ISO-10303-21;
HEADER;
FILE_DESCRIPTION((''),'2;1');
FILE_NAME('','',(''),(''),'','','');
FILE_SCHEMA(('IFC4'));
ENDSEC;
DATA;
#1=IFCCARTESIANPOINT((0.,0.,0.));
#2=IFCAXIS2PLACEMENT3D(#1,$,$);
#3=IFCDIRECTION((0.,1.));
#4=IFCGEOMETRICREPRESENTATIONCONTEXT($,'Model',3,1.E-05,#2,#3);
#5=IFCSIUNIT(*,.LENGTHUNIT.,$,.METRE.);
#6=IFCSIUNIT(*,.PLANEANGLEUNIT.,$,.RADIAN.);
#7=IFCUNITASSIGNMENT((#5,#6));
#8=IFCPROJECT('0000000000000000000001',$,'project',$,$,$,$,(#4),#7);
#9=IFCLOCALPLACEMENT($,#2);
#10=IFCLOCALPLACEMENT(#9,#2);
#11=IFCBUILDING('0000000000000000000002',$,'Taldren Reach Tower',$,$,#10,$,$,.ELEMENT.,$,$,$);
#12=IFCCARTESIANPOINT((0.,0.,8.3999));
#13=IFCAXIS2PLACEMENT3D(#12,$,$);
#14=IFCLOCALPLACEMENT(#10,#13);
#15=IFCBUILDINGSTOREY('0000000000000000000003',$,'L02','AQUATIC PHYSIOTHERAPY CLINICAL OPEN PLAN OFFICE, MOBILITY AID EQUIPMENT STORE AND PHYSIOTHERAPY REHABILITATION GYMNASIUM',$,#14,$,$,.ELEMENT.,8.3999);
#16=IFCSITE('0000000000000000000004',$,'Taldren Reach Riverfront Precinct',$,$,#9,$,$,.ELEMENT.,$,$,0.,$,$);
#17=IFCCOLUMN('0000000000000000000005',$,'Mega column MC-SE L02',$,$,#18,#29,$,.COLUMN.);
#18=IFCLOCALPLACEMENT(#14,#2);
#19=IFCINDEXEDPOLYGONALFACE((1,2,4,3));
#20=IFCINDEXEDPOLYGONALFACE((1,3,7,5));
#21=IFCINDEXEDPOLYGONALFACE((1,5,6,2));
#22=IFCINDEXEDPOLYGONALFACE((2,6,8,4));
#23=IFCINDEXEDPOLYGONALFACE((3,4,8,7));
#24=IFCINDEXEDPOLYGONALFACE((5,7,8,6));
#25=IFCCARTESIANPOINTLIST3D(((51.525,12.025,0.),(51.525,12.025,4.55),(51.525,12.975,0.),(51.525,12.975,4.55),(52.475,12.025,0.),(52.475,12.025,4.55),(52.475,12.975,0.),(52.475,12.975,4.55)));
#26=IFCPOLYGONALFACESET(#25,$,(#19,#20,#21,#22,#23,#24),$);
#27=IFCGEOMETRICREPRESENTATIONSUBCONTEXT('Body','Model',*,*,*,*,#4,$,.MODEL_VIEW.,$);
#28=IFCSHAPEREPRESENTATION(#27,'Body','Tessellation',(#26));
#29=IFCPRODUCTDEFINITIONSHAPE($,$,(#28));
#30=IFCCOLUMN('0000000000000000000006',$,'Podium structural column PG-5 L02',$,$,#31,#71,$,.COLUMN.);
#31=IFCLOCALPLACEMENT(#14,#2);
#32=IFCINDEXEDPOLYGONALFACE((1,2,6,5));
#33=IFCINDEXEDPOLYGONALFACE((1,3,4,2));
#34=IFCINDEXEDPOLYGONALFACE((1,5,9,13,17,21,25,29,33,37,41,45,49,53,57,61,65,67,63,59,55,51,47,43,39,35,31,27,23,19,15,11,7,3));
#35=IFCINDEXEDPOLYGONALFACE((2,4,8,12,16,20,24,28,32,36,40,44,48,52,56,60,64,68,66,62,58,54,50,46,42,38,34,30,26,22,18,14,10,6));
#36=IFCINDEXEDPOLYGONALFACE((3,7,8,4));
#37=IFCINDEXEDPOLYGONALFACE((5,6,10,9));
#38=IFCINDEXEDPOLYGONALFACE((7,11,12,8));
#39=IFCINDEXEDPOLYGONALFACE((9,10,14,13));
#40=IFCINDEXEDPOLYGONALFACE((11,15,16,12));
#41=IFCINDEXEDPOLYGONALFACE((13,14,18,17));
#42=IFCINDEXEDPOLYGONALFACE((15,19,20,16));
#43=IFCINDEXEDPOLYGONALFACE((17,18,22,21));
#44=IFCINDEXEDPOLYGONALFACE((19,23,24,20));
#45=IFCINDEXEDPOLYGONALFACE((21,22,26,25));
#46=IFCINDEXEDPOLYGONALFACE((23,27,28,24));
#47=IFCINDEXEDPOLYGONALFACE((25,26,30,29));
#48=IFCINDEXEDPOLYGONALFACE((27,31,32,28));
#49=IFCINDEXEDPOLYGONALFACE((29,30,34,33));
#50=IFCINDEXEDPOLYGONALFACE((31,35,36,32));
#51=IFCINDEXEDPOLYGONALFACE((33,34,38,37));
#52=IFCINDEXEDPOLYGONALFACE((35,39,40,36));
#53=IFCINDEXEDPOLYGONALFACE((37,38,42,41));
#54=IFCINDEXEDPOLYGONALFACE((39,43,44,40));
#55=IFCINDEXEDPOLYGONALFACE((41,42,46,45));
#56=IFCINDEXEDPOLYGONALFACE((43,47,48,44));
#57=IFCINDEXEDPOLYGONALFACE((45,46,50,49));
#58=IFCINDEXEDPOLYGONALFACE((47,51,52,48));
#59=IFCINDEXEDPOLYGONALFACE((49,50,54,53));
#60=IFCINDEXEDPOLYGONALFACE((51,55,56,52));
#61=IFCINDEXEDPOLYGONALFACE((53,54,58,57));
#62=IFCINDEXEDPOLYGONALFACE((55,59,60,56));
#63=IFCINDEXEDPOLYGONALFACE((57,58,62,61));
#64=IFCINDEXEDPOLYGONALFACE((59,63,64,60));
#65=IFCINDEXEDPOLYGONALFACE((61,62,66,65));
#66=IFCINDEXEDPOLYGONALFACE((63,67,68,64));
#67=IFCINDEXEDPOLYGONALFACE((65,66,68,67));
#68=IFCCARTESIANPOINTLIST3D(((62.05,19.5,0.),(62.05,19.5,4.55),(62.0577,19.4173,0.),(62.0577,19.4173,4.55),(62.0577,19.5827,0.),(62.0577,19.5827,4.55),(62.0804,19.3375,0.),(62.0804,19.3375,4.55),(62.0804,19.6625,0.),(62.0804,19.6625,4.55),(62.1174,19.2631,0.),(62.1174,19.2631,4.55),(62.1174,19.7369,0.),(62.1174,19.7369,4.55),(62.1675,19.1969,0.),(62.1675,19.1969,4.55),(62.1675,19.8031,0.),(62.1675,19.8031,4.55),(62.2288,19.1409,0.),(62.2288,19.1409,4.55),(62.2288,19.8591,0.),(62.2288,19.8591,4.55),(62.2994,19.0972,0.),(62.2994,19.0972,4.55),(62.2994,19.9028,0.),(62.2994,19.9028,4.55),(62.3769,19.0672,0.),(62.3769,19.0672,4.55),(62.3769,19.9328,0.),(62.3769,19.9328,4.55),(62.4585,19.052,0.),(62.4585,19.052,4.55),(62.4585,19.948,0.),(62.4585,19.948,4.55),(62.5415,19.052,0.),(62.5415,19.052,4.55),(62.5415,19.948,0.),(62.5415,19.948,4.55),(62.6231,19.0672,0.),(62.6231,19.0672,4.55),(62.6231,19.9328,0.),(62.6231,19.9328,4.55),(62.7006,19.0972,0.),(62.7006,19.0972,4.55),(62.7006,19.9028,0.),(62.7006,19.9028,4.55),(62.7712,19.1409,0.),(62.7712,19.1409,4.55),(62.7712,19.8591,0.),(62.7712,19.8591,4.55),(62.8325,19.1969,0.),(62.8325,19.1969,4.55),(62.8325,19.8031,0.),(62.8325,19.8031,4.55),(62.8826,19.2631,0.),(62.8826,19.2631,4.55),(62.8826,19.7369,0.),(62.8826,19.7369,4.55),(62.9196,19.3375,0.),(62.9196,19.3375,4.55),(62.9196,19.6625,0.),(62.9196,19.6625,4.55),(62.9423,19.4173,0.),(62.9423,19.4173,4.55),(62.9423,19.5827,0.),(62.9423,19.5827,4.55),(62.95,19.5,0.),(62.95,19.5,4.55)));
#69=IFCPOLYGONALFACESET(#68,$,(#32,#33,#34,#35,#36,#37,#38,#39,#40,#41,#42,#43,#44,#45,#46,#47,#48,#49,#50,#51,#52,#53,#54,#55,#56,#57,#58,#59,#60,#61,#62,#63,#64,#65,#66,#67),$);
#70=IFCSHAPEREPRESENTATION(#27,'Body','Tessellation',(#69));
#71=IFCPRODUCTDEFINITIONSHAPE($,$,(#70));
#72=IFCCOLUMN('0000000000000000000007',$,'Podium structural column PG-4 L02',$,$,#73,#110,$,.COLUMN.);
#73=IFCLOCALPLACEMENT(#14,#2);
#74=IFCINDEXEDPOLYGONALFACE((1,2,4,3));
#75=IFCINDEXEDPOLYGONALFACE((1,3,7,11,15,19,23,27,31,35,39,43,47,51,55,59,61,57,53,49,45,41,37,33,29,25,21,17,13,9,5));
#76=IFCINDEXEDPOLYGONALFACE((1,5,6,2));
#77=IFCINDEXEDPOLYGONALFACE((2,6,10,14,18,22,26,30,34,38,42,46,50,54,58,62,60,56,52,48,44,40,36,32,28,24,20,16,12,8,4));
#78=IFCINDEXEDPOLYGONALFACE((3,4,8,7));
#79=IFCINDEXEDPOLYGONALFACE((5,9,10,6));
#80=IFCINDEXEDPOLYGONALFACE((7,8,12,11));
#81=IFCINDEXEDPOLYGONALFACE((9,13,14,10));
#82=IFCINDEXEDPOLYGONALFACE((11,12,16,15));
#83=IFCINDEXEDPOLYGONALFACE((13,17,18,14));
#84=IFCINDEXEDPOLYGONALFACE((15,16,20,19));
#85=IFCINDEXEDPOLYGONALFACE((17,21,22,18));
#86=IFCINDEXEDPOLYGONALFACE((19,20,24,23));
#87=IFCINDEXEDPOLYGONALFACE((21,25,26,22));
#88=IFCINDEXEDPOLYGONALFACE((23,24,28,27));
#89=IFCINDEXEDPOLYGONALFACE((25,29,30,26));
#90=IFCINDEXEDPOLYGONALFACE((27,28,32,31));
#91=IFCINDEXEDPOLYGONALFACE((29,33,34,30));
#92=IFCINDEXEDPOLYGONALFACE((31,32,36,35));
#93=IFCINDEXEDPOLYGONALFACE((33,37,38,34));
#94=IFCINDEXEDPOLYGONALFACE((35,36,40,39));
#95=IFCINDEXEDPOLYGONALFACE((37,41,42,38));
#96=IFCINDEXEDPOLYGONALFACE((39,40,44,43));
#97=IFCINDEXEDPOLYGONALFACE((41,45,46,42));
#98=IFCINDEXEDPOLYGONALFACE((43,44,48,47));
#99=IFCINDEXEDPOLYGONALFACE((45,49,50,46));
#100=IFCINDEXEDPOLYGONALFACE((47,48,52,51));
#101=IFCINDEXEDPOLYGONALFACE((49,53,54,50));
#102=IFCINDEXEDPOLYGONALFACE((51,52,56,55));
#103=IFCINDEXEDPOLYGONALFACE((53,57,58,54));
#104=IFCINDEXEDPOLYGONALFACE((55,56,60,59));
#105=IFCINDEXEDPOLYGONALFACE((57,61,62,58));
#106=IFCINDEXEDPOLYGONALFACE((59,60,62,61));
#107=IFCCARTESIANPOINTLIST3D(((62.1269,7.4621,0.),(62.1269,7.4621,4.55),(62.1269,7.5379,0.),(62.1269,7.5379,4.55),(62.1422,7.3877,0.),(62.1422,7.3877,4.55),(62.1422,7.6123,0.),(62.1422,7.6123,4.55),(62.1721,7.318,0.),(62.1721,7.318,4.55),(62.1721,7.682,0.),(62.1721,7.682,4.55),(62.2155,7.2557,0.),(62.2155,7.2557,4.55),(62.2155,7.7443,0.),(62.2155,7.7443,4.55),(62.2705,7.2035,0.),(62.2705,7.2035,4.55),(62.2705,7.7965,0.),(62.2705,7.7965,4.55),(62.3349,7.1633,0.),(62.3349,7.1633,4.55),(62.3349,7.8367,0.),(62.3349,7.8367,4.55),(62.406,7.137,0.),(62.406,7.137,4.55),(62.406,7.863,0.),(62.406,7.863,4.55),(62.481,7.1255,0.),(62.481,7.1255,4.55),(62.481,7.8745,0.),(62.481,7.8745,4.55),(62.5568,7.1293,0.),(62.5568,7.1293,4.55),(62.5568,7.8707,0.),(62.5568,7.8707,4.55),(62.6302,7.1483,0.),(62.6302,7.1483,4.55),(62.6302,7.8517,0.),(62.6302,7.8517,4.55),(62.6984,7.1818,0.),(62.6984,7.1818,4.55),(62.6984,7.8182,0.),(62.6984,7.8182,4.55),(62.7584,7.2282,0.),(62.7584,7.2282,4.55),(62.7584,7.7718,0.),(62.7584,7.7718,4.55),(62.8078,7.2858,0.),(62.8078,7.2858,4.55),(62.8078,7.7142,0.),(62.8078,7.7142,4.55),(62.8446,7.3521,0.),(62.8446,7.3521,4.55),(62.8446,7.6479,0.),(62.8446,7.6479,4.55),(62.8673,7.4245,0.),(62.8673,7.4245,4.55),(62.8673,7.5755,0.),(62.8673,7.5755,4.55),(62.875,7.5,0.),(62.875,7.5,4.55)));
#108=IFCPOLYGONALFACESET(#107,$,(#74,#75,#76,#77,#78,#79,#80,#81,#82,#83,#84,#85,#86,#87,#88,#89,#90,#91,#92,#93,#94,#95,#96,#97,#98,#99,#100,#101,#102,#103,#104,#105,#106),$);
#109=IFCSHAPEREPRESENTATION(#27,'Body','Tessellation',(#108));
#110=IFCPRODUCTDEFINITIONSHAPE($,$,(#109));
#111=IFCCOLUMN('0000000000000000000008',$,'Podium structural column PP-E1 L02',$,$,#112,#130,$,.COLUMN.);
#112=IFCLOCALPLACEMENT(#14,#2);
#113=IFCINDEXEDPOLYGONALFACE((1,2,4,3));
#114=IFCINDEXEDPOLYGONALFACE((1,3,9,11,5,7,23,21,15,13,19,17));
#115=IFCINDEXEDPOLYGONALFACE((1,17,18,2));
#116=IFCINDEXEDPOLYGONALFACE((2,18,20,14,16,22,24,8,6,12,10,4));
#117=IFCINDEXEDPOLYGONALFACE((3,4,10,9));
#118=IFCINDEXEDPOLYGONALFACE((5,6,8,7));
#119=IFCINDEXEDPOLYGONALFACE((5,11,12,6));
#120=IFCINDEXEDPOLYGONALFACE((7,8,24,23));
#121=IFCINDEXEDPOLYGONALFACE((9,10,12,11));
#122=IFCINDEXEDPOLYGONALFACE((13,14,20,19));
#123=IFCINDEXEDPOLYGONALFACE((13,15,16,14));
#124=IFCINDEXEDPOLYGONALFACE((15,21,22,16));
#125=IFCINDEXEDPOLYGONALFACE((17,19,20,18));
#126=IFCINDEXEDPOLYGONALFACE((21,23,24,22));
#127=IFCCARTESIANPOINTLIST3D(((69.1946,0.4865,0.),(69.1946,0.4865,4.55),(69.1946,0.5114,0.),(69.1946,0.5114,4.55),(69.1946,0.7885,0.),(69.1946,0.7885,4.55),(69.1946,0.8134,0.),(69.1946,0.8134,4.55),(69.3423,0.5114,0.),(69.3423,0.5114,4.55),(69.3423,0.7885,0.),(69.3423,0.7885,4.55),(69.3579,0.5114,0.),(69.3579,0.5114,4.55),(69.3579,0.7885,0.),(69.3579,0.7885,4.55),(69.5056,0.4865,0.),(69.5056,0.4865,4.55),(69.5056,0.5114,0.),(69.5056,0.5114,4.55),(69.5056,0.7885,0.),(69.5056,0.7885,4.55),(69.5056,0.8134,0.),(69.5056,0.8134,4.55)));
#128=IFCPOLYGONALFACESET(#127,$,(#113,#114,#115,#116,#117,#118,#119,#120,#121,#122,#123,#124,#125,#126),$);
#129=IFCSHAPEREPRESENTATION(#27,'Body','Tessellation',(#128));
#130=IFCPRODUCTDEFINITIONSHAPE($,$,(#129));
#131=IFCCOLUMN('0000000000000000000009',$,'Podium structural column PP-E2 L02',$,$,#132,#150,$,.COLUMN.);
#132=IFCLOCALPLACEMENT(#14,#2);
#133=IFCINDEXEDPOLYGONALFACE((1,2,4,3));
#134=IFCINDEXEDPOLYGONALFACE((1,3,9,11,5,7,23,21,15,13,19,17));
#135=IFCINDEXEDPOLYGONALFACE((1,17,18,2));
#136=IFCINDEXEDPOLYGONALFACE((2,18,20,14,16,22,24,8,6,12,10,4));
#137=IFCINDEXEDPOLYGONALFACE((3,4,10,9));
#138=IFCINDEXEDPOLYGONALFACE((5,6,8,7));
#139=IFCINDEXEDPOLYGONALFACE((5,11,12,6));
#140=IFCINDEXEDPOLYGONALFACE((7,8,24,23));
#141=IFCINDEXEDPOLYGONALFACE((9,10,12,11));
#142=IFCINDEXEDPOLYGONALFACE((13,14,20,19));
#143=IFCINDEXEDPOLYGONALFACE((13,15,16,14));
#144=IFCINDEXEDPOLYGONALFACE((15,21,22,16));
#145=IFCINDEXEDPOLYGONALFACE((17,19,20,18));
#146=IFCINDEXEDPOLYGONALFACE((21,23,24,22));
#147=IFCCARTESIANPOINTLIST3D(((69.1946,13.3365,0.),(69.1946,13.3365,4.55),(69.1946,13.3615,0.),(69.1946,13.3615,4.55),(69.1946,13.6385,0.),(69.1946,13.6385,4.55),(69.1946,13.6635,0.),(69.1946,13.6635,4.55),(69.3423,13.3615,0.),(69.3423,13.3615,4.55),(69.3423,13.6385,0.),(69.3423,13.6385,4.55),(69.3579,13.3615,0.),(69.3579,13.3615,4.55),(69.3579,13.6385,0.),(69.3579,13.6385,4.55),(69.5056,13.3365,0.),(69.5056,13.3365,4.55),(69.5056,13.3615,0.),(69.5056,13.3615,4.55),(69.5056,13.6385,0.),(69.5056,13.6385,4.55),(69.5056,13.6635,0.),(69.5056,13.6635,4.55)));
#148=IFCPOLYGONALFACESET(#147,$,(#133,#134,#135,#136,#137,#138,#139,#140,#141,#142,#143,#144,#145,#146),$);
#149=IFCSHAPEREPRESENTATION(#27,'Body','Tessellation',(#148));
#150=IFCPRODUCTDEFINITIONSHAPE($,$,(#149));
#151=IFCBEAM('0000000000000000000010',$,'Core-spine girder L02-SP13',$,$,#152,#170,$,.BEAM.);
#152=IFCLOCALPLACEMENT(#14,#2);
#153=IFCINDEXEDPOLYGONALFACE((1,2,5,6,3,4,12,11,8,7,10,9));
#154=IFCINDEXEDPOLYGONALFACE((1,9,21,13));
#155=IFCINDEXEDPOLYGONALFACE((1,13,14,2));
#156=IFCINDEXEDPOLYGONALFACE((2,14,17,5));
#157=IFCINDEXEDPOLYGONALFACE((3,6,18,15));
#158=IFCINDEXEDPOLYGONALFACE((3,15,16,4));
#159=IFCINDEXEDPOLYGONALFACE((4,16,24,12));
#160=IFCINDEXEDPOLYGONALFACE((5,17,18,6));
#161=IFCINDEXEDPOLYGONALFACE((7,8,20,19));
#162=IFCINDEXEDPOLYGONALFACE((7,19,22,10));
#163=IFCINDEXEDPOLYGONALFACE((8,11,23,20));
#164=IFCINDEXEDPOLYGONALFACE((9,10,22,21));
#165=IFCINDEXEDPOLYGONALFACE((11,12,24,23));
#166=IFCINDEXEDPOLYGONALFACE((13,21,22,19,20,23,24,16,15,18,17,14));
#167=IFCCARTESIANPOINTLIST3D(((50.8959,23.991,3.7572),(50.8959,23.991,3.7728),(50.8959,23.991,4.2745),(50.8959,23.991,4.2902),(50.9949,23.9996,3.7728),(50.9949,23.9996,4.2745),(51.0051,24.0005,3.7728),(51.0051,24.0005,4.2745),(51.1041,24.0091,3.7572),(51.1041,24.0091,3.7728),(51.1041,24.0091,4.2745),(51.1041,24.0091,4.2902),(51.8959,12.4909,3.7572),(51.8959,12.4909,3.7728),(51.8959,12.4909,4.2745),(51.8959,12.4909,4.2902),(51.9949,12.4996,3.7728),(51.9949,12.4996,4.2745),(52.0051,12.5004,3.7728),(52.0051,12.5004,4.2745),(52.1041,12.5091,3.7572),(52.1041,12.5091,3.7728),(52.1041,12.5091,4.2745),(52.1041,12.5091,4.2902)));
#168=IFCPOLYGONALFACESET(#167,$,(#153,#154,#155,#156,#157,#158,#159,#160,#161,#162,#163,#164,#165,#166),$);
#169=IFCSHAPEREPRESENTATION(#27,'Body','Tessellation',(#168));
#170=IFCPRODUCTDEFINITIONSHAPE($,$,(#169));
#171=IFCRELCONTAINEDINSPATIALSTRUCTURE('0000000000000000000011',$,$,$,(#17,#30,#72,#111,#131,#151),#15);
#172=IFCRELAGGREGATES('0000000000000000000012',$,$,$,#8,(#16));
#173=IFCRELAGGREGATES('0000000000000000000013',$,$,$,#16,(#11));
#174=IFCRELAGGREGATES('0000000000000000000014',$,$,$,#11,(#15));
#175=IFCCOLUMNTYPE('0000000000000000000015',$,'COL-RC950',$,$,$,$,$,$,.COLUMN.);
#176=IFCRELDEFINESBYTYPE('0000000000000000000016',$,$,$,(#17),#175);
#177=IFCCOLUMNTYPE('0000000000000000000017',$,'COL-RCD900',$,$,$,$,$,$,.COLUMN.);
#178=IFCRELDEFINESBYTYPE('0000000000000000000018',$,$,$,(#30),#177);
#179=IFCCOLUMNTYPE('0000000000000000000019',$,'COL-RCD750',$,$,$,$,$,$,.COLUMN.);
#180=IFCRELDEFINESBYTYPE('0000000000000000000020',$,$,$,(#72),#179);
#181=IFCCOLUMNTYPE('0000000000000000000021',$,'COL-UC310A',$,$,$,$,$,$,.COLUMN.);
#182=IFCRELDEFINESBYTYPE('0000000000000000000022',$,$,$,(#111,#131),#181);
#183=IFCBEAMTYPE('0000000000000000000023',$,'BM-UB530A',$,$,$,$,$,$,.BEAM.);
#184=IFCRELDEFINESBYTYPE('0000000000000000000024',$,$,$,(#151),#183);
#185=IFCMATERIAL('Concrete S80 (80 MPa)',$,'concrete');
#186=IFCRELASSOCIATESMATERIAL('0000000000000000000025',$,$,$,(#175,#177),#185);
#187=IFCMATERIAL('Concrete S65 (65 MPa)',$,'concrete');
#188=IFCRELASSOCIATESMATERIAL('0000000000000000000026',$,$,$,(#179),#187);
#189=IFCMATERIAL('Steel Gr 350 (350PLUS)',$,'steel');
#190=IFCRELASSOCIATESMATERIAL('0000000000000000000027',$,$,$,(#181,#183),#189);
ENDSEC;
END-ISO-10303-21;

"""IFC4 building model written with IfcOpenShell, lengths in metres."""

from ifc_helpers import new_model, si_unit, direction, frame, origin, origin_2d, place, context, subcontext, project, spatial, rectangle, circle, i_section, extrude, source, transform, mapped, material, material_profile, profile_set, type_object, element, save


model = new_model("IFC4")

# Units and contexts
model_context = context("Model", 3, precision=1e-05, world=origin(), true_north=direction((0.0, 1.0)))
body_context = subcontext(model_context, "Body", "Model", "MODEL_VIEW")
ifc_project = project(units=[si_unit("LENGTHUNIT", "METRE"), si_unit("PLANEANGLEUNIT", "RADIAN")], contexts=[model_context])

# Site, building, storey
site_placement = place(None, origin())
site = spatial("IfcSite", under=ifc_project, at=site_placement, Name="Taldren Reach Riverfront Precinct", CompositionType="ELEMENT", RefElevation=0.0)
building_placement = place(site_placement, origin())
building = spatial("IfcBuilding", under=site, at=building_placement, Name="Taldren Reach Tower", CompositionType="ELEMENT")
storey_placement = place(building_placement, frame((0.0, 0.0, 8.3999)))
storey = spatial("IfcBuildingStorey", under=building, at=storey_placement, Name="L02", Description="AQUATIC PHYSIOTHERAPY CLINICAL OPEN PLAN OFFICE, MOBILITY AID EQUIPMENT STORE AND PHYSIOTHERAPY REHABILITATION GYMNASIUM", CompositionType="ELEMENT", Elevation=8.3999)

# Columns
ifc_material_1 = material(Name="Concrete S80 (80 MPa)", Category="concrete")
ifc_material_profile_1 = material_profile(ifc_material_1, rectangle(XDim=0.95, YDim=0.95, at=origin_2d()), Name="RC-950x950")
ifc_profile_set_1 = profile_set([ifc_material_profile_1], Name="Concrete S80 (80 MPa)")
column_type_1 = type_object("IfcColumnType", Name="COL-RC950", PredefinedType="COLUMN", material=ifc_profile_set_1)
shared_shape_1 = source(origin(), body_context, "Body", "SweptSolid", [
    extrude(rectangle(XDim=0.95, YDim=0.95, at=origin_2d()), origin(), (0.0, 0.0, 1.0), 4.55),
])
column_1_placement = place(storey_placement, frame((52.0, 12.5, 0.0), z_axis=(0.0, 0.0, 1.0), x_axis=(1.0, 0.0, 0.0)))
element("IfcColumn", 1, at=column_1_placement, inside=storey, type_object=column_type_1, Name="Mega column MC-SE L02", PredefinedType="COLUMN", context=body_context, shape_type="MappedRepresentation", body=[
    mapped(shared_shape_1, transform((0.0, 0.0, 0.0), scale=1.0)),
])
ifc_material_profile_2 = material_profile(ifc_material_1, circle(Radius=0.45, at=origin_2d()), Name="RC-900D")
ifc_profile_set_2 = profile_set([ifc_material_profile_2], Name="Concrete S80 (80 MPa)")
column_type_2 = type_object("IfcColumnType", Name="COL-RCD900", PredefinedType="COLUMN", material=ifc_profile_set_2)
shared_shape_2 = source(origin(), body_context, "Body", "SweptSolid", [
    extrude(circle(Radius=0.45, at=origin_2d()), origin(), (0.0, 0.0, 1.0), 4.55),
])
column_2_placement = place(storey_placement, frame((62.5, 19.5, 0.0), z_axis=(0.0, 0.0, 1.0), x_axis=(1.0, 0.0, 0.0)))
element("IfcColumn", 2, at=column_2_placement, inside=storey, type_object=column_type_2, Name="Podium structural column PG-5 L02", PredefinedType="COLUMN", context=body_context, shape_type="MappedRepresentation", body=[
    mapped(shared_shape_2, transform((0.0, 0.0, 0.0), scale=1.0)),
])
ifc_material_2 = material(Name="Concrete S65 (65 MPa)", Category="concrete")
ifc_material_profile_3 = material_profile(ifc_material_2, circle(Radius=0.375, at=origin_2d()), Name="RC-750D")
ifc_profile_set_3 = profile_set([ifc_material_profile_3], Name="Concrete S65 (65 MPa)")
column_type_3 = type_object("IfcColumnType", Name="COL-RCD750", PredefinedType="COLUMN", material=ifc_profile_set_3)
shared_shape_3 = source(origin(), body_context, "Body", "SweptSolid", [
    extrude(circle(Radius=0.375, at=origin_2d()), origin(), (0.0, 0.0, 1.0), 4.55),
])
column_3_placement = place(storey_placement, frame((62.5, 7.5, 0.0), z_axis=(0.0, 0.0, 1.0), x_axis=(1.0, 0.0, 0.0)))
element("IfcColumn", 3, at=column_3_placement, inside=storey, type_object=column_type_3, Name="Podium structural column PG-4 L02", PredefinedType="COLUMN", context=body_context, shape_type="MappedRepresentation", body=[
    mapped(shared_shape_3, transform((0.0, 0.0, 0.0), scale=1.0)),
])
ifc_material_3 = material(Name="Steel Gr 350 (350PLUS)", Category="steel")
ifc_material_profile_4 = material_profile(ifc_material_3, i_section(OverallWidth=0.311, OverallDepth=0.3269, WebThickness=0.0156, FlangeThickness=0.0249, at=origin_2d()), Name="310UC158")
ifc_profile_set_4 = profile_set([ifc_material_profile_4], Name="Steel Gr 350 (350PLUS)")
column_type_4 = type_object("IfcColumnType", Name="COL-UC310A", PredefinedType="COLUMN", material=ifc_profile_set_4)
shared_shape_4 = source(origin(), body_context, "Body", "SweptSolid", [
    extrude(i_section(OverallWidth=0.311, OverallDepth=0.3269, WebThickness=0.0156, FlangeThickness=0.0249, at=origin_2d()), origin(), (0.0, 0.0, 1.0), 4.55),
])
for number, where, z_axis, x_axis, name in (
    (4, (69.3501, 0.6499, 0.0), (0.0, 0.0, 1.0), (1.0, 0.0, 0.0), "Podium structural column PP-E1 L02"),
    (5, (69.3501, 13.5, 0.0), (0.0, 0.0, 1.0), (1.0, 0.0, 0.0), "Podium structural column PP-E2 L02"),
):
    element("IfcColumn", number, at=place(storey_placement, frame(where, z_axis=z_axis, x_axis=x_axis)), inside=storey, type_object=column_type_4, Name=name, PredefinedType="COLUMN", context=body_context, shape_type="MappedRepresentation", body=[
        mapped(shared_shape_4, transform((0.0, 0.0, 0.0), scale=1.0)),
    ])

# Beam
ifc_material_profile_5 = material_profile(ifc_material_3, i_section(OverallWidth=0.209, OverallDepth=0.533, WebThickness=0.0103, FlangeThickness=0.0156, at=origin_2d()), Name="530UB92.4")
ifc_profile_set_5 = profile_set([ifc_material_profile_5], Name="Steel Gr 350 (350PLUS)")
beam_type_1 = type_object("IfcBeamType", Name="BM-UB530A", PredefinedType="BEAM", material=ifc_profile_set_5)
shared_shape_5 = source(origin(), body_context, "Body", "SweptSolid", [
    extrude(i_section(OverallWidth=0.209, OverallDepth=0.533, WebThickness=0.0103, FlangeThickness=0.0156, at=origin_2d()), origin(), (0.0, 0.0, 1.0), 11.5435),
])
beam_1_placement = place(storey_placement, frame((52.0, 12.5, 4.0237), z_axis=(-0.08663, 0.996241, 0.0), x_axis=(-0.996241, -0.08663, 0.0)))
element("IfcBeam", 6, at=beam_1_placement, inside=storey, type_object=beam_type_1, Name="Core-spine girder L02-SP13", PredefinedType="BEAM", context=body_context, shape_type="MappedRepresentation", body=[
    mapped(shared_shape_5, transform((0.0, 0.0, 0.0), scale=1.0)),
])

save(model, "model.ifc")
